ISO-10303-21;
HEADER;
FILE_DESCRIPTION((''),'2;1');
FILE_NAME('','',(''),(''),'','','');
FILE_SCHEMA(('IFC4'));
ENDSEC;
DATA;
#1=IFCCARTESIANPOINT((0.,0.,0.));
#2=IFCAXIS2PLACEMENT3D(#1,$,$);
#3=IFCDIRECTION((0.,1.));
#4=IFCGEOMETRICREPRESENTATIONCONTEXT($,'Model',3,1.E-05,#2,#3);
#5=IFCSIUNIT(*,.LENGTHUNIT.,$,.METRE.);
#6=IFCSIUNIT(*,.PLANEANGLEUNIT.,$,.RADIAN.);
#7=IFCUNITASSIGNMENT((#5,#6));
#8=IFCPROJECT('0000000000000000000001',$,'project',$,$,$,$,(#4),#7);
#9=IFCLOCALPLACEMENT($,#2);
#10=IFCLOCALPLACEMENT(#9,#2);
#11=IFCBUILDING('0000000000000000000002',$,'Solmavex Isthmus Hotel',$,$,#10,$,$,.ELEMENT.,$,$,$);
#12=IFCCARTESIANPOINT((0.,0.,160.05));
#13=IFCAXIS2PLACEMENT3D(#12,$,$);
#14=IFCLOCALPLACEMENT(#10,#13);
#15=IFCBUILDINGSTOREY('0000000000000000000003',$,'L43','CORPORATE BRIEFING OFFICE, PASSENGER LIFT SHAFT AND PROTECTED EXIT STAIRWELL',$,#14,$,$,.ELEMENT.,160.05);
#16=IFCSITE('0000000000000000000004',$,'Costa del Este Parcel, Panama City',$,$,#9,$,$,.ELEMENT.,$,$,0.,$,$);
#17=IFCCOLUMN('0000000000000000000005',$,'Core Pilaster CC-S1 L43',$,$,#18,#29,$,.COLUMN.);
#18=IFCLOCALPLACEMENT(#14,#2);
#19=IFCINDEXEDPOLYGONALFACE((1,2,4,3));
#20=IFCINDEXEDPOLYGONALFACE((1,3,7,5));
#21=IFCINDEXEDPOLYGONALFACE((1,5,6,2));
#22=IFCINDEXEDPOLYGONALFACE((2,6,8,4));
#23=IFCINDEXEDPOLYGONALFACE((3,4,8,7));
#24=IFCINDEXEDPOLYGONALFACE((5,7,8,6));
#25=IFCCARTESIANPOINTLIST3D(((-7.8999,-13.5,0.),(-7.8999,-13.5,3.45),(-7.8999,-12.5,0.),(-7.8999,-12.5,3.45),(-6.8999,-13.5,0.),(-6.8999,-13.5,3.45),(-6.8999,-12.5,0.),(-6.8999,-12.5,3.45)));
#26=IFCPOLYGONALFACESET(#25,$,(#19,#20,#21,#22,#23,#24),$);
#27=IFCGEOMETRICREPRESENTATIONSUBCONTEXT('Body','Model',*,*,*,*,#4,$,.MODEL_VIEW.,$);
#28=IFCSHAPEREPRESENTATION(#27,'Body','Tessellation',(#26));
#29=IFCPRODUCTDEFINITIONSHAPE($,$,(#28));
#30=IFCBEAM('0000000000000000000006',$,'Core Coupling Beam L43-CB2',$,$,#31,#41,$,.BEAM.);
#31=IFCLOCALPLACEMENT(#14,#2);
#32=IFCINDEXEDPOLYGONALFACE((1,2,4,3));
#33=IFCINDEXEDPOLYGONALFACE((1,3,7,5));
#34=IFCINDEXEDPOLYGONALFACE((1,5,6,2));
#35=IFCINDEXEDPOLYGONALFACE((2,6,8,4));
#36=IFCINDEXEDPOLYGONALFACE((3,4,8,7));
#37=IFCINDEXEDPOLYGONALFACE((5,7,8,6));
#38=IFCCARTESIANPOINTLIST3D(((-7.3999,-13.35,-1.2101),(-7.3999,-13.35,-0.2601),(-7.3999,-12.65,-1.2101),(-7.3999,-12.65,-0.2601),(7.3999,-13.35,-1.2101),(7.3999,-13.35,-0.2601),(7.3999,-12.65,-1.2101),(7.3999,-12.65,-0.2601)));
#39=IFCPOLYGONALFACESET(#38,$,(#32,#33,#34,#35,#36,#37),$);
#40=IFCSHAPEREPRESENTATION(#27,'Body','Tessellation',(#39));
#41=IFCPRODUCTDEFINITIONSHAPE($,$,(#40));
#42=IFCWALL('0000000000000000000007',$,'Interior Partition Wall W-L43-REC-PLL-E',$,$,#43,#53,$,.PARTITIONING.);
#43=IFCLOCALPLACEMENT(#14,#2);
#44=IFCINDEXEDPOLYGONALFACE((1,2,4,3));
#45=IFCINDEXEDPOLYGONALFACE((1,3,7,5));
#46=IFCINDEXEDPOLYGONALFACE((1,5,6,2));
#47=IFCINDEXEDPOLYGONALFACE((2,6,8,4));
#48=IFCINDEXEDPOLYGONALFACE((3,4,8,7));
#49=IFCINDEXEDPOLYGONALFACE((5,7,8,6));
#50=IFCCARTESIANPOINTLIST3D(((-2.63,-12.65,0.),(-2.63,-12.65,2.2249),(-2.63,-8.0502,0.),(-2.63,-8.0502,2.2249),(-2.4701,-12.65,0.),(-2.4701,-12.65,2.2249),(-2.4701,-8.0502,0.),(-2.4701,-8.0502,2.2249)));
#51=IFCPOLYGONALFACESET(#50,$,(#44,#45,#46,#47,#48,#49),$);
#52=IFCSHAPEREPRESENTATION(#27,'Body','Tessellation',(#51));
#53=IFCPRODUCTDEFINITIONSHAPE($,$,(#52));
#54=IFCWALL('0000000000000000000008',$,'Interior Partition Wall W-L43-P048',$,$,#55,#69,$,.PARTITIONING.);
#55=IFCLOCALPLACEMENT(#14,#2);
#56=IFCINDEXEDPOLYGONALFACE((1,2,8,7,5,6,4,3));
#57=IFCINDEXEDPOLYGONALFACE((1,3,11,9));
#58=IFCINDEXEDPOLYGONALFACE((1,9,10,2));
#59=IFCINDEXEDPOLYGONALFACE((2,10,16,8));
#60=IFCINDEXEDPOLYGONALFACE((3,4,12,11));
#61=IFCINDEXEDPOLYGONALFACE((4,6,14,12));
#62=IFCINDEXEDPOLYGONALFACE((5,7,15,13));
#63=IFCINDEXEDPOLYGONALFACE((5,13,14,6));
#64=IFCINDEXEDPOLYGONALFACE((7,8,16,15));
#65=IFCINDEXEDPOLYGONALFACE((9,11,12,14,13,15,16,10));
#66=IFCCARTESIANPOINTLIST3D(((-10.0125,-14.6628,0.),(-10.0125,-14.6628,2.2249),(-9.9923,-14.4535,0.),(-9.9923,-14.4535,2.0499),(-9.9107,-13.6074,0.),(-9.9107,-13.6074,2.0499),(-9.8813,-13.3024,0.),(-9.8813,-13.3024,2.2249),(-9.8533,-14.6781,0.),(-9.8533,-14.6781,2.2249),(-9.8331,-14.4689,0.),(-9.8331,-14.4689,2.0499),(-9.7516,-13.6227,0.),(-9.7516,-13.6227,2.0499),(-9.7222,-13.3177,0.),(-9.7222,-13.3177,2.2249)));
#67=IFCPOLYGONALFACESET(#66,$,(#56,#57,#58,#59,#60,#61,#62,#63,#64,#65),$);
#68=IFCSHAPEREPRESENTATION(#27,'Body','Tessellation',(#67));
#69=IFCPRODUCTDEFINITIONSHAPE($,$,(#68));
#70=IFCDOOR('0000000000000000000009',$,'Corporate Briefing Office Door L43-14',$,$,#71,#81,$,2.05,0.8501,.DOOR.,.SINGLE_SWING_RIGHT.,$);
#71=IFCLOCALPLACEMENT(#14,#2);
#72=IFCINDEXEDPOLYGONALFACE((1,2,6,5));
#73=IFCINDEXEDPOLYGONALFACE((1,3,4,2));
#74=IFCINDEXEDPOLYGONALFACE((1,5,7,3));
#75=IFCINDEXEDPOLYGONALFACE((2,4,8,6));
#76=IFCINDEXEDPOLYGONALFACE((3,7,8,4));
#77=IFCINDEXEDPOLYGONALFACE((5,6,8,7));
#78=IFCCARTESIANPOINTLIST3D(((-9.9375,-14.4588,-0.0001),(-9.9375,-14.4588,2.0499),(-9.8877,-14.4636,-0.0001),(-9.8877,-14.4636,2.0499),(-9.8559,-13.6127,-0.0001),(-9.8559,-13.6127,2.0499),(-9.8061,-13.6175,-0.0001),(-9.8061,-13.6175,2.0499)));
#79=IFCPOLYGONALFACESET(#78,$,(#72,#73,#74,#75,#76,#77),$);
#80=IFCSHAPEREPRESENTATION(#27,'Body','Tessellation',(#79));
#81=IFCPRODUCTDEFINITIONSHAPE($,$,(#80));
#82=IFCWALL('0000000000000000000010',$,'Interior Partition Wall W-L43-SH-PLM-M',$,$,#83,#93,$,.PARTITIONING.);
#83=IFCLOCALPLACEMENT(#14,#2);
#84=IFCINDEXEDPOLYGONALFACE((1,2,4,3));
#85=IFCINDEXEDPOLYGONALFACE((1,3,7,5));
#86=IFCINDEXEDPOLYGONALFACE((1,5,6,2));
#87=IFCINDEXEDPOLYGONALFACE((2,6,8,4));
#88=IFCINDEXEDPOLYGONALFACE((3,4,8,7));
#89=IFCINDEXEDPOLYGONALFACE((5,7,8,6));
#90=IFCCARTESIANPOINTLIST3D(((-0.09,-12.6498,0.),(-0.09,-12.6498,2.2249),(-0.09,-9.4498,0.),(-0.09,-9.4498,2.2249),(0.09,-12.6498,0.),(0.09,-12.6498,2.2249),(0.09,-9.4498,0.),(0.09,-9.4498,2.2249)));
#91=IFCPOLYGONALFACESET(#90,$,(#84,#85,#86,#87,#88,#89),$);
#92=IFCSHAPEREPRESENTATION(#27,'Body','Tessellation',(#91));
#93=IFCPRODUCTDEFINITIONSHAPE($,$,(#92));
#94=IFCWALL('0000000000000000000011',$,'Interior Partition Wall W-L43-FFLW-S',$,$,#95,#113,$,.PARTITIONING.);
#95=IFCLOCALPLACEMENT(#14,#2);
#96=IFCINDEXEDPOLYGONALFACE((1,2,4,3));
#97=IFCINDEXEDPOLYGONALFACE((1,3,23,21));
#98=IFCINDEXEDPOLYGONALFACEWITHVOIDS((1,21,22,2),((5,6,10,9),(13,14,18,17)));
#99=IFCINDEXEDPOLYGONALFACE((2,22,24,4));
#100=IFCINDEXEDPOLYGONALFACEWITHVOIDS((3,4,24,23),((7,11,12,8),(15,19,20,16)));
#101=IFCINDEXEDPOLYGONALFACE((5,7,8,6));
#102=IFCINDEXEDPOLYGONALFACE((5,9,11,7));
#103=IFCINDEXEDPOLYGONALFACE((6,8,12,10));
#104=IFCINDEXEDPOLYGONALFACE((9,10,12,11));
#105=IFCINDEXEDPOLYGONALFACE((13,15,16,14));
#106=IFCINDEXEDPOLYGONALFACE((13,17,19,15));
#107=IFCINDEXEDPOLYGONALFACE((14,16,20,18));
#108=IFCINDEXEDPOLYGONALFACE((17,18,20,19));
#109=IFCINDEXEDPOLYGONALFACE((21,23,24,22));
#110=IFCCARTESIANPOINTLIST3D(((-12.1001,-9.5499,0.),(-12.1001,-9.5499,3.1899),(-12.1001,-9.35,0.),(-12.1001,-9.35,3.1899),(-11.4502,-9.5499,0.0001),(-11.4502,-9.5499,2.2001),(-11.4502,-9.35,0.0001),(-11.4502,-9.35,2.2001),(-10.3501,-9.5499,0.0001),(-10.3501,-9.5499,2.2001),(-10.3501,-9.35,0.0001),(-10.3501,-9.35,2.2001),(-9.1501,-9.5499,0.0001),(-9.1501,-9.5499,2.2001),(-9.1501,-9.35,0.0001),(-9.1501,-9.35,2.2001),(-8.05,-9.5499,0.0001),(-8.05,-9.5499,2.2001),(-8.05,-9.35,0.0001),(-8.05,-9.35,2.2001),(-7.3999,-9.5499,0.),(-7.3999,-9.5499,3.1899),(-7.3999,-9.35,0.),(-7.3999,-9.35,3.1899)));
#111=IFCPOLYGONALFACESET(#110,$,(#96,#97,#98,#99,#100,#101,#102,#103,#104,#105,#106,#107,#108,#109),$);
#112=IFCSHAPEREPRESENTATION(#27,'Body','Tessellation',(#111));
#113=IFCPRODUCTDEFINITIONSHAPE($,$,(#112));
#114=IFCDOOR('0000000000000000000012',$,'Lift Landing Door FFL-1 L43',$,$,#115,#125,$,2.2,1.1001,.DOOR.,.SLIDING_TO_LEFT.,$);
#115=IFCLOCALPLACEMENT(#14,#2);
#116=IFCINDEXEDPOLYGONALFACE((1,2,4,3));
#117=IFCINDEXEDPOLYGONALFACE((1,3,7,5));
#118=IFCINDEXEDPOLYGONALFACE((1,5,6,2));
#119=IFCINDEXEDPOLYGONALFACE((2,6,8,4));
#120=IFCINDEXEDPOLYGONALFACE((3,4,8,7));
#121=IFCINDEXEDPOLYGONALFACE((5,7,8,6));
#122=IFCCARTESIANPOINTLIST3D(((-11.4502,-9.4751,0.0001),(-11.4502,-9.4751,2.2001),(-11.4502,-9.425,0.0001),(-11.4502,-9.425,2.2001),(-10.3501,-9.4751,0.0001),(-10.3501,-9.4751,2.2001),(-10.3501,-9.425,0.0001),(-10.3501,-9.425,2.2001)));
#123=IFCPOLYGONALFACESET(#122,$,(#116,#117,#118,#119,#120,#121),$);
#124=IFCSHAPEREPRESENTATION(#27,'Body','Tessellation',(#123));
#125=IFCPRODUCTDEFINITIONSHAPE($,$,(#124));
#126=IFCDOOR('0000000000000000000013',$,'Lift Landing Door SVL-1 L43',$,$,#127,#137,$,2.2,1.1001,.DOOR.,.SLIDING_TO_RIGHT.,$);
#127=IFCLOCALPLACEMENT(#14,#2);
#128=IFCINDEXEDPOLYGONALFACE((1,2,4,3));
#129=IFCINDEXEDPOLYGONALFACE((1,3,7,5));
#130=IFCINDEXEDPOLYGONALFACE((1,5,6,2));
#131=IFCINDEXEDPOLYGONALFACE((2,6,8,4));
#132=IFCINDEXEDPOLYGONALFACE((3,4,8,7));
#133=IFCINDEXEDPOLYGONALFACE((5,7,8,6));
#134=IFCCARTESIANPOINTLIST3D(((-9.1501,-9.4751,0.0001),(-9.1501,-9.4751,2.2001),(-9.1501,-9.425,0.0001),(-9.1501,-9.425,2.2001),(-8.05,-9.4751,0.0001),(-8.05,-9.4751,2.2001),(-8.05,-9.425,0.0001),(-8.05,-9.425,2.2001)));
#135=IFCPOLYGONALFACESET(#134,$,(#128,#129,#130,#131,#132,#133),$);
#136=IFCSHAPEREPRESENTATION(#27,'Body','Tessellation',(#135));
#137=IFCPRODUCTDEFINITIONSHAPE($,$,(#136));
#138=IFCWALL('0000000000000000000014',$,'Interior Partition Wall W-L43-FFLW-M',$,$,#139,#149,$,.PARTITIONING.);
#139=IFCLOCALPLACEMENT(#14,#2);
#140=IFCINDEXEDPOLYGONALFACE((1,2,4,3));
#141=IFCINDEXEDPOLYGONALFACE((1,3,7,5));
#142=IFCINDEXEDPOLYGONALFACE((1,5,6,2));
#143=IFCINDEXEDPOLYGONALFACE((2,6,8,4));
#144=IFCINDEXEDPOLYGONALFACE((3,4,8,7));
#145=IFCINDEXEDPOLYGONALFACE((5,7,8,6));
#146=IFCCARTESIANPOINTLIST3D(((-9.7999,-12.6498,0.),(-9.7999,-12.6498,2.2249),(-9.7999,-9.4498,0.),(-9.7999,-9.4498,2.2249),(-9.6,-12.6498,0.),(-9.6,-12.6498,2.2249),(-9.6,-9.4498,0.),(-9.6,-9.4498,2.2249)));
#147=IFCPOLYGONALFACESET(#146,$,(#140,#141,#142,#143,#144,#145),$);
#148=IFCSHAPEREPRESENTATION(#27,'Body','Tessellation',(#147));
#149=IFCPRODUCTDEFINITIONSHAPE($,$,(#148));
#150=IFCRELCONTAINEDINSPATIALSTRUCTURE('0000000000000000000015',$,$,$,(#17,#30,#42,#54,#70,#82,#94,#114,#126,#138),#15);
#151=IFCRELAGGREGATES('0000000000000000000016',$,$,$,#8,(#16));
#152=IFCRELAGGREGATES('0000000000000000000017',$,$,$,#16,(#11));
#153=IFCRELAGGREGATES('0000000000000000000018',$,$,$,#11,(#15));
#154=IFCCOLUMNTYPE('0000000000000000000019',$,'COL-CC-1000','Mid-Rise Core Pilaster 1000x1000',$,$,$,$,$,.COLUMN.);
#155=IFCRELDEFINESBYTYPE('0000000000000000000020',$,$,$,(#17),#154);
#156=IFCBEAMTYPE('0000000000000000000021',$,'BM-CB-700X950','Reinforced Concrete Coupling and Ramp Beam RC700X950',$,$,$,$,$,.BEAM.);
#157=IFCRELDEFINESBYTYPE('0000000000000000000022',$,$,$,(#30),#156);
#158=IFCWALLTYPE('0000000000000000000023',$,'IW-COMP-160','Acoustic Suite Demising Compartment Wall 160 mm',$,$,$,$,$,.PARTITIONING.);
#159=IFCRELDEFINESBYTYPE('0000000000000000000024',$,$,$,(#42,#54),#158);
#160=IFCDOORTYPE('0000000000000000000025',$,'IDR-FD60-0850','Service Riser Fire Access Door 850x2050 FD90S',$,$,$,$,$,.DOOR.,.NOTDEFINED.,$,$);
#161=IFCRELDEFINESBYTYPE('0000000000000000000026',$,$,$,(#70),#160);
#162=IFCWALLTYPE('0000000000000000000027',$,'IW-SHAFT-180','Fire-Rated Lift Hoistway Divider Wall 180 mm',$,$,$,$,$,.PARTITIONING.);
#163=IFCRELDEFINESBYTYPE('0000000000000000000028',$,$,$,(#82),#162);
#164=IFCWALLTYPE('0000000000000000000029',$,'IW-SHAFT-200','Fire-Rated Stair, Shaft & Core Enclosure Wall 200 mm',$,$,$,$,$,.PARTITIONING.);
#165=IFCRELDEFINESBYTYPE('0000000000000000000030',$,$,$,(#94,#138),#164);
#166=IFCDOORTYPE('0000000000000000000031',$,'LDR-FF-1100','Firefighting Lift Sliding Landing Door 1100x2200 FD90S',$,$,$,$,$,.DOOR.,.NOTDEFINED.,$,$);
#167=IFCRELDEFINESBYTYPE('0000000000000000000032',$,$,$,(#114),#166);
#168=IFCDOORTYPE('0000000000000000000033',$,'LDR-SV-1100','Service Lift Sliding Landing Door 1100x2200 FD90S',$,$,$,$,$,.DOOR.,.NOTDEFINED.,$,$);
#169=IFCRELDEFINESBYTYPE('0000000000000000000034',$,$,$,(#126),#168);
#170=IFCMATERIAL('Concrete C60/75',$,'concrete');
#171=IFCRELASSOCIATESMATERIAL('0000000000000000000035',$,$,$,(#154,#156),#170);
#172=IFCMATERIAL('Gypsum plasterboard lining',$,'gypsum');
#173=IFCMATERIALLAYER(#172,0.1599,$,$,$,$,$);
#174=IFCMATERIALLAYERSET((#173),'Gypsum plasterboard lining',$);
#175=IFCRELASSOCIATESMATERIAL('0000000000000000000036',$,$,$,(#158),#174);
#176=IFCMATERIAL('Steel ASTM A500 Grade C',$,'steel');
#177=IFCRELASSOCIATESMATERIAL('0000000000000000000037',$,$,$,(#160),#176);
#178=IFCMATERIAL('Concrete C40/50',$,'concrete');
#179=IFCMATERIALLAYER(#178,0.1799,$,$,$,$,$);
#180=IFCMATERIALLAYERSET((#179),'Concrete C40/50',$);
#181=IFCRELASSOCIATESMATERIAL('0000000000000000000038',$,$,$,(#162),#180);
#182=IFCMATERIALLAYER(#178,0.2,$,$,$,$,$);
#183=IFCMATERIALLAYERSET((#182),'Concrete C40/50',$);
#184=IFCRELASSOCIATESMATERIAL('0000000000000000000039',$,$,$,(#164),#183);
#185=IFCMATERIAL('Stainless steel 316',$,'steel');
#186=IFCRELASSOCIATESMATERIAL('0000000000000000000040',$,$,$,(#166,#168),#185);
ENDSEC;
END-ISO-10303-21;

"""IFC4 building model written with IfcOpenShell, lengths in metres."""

from ifc_helpers import new_model, si_unit, direction, frame, frame_2d, origin, origin_2d, place, context, subcontext, project, spatial, rectangle, extrude, material, layer, layer_set, material_profile, profile_set, type_object, element, fill, save


model = new_model("IFC4")

# Units and contexts
model_context = context("Model", 3, precision=1e-05, world=origin(), true_north=direction((0.0, 1.0)))
body_context = subcontext(model_context, "Body", "Model", "MODEL_VIEW")
ifc_project = project(units=[si_unit("LENGTHUNIT", "METRE"), si_unit("PLANEANGLEUNIT", "RADIAN")], contexts=[model_context])

# Site, building, storey
site_placement = place(None, origin())
site = spatial("IfcSite", under=ifc_project, at=site_placement, Name="Costa del Este Parcel, Panama City", CompositionType="ELEMENT", RefElevation=0.0)
building_placement = place(site_placement, origin())
building = spatial("IfcBuilding", under=site, at=building_placement, Name="Solmavex Isthmus Hotel", CompositionType="ELEMENT")
storey_placement = place(building_placement, frame((0.0, 0.0, 160.05)))
storey = spatial("IfcBuildingStorey", under=building, at=storey_placement, Name="L43", Description="CORPORATE BRIEFING OFFICE, PASSENGER LIFT SHAFT AND PROTECTED EXIT STAIRWELL", CompositionType="ELEMENT", Elevation=160.05)

# Column
ifc_material_1 = material(Name="Concrete C60/75", Category="concrete")
ifc_material_profile_1 = material_profile(ifc_material_1, rectangle(XDim=1.0, YDim=1.0, at=origin_2d()), Name="RC1000X1000")
ifc_profile_set_1 = profile_set([ifc_material_profile_1], Name="Concrete C60/75")
column_type = type_object("IfcColumnType", Name="COL-CC-1000", Description="Mid-Rise Core Pilaster 1000x1000", PredefinedType="COLUMN", material=ifc_profile_set_1)
column_placement = place(storey_placement, frame((-7.3999, -13.0, 0.0), z_axis=(0.0, 0.0, 1.0), x_axis=(1.0, 0.0, 0.0)))
element("IfcColumn", 1, at=column_placement, inside=storey, type_object=column_type, Name="Core Pilaster CC-S1 L43", PredefinedType="COLUMN", context=body_context, shape_type="SweptSolid", body=[
    extrude(rectangle(XDim=1.0, YDim=1.0, at=origin_2d()), origin(), (0.0, 0.0, 1.0), 3.45),
])

# Beam
ifc_material_profile_2 = material_profile(ifc_material_1, rectangle(XDim=0.7, YDim=0.95, at=origin_2d()), Name="RC700X950")
ifc_profile_set_2 = profile_set([ifc_material_profile_2], Name="Concrete C60/75")
beam_type = type_object("IfcBeamType", Name="BM-CB-700X950", Description="Reinforced Concrete Coupling and Ramp Beam RC700X950", PredefinedType="BEAM", material=ifc_profile_set_2)
beam_placement = place(storey_placement, frame((-7.3999, -13.0, -0.7351), z_axis=(1.0, 0.0, 0.0), x_axis=(0.0, 1.0, 0.0)))
element("IfcBeam", 2, at=beam_placement, inside=storey, type_object=beam_type, Name="Core Coupling Beam L43-CB2", PredefinedType="BEAM", context=body_context, shape_type="SweptSolid", body=[
    extrude(rectangle(XDim=0.7, YDim=0.95, at=origin_2d()), origin(), (0.0, 0.0, 1.0), 14.7998),
])

# Shared definitions
ifc_material_2 = material(Name="Gypsum plasterboard lining", Category="gypsum")
ifc_layer_1 = layer(ifc_material_2, 0.1599)
ifc_layer_set_1 = layer_set([ifc_layer_1], Name="Gypsum plasterboard lining")
wall_type_1 = type_object("IfcWallType", Name="IW-COMP-160", Description="Acoustic Suite Demising Compartment Wall 160 mm", PredefinedType="PARTITIONING", material=ifc_layer_set_1)

# Wall
wall_1_placement = place(storey_placement, frame((-2.55, -12.6499, 0.0), z_axis=(0.0, 0.0, 1.0), x_axis=(0.0, 1.0, 0.0)))
element("IfcWall", 3, at=wall_1_placement, inside=storey, type_object=wall_type_1, Name="Interior Partition Wall W-L43-REC-PLL-E", PredefinedType="PARTITIONING", context=body_context, shape_type="SweptSolid", body=[
    extrude(rectangle(XDim=4.5999, YDim=0.1599, at=frame_2d((2.2998, 0.0))), origin(), (0.0, 0.0, 1.0), 2.2249),
])

# Wall, opening, door
wall_2_placement = place(storey_placement, frame((-9.8018, -13.3101, 0.0), z_axis=(0.0, 0.0, 1.0), x_axis=(-0.09593, -0.995388, 0.0)))
wall_2 = element("IfcWall", 4, at=wall_2_placement, inside=storey, type_object=wall_type_1, Name="Interior Partition Wall W-L43-P048", PredefinedType="PARTITIONING", context=body_context, shape_type="SweptSolid", body=[
    extrude(rectangle(XDim=1.3667, YDim=0.1599, at=frame_2d((0.6833, 0.0))), origin(), (0.0, 0.0, 1.0), 2.2249),
])
opening_1_placement = place(wall_2_placement, frame((0.3064, 0.0, 0.0)))
opening_1 = element("IfcOpeningElement", 5, at=opening_1_placement, cuts=wall_2, PredefinedType="OPENING", context=body_context, shape_type="SweptSolid", body=[
    extrude(rectangle(XDim=0.8501, YDim=2.05, at=frame_2d((0.425, 1.0249))), frame((0.0, 0.0898, 0.0), z_axis=(0.0, -1.0, 0.0), x_axis=(1.0, 0.0, 0.0)), (0.0, 0.0, 1.0), 0.1799),
])
ifc_material_3 = material(Name="Steel ASTM A500 Grade C", Category="steel")
door_type_1 = type_object("IfcDoorType", Name="IDR-FD60-0850", Description="Service Riser Fire Access Door 850x2050 FD90S", OperationType="NOTDEFINED", PredefinedType="DOOR", material=ifc_material_3)
door_1_placement = place(opening_1_placement, frame((0.8501, 0.0, 0.0), z_axis=(0.0, 0.0, 1.0), x_axis=(-1.0, 0.0, 0.0)))
door_1 = element("IfcDoor", 6, at=door_1_placement, inside=storey, type_object=door_type_1, Name="Corporate Briefing Office Door L43-14", OperationType="SINGLE_SWING_RIGHT", OverallHeight=2.05, OverallWidth=0.8501, PredefinedType="DOOR", context=body_context, shape_type="SweptSolid", body=[
    extrude(rectangle(XDim=0.8501, YDim=2.05, at=frame_2d((0.425, 1.0249))), frame((0.0, 0.0249, 0.0), z_axis=(0.0, -1.0, 0.0), x_axis=(1.0, 0.0, 0.0)), (0.0, 0.0, 1.0), 0.05),
])
fill(opening_1, door_1)

# Wall
ifc_material_4 = material(Name="Concrete C40/50", Category="concrete")
ifc_layer_2 = layer(ifc_material_4, 0.1799)
ifc_layer_set_2 = layer_set([ifc_layer_2], Name="Concrete C40/50")
wall_type_2 = type_object("IfcWallType", Name="IW-SHAFT-180", Description="Fire-Rated Lift Hoistway Divider Wall 180 mm", PredefinedType="PARTITIONING", material=ifc_layer_set_2)
wall_3_placement = place(storey_placement, frame((0.0, -12.6499, 0.0), z_axis=(0.0, 0.0, 1.0), x_axis=(0.0, 1.0, 0.0)))
element("IfcWall", 7, at=wall_3_placement, inside=storey, type_object=wall_type_2, Name="Interior Partition Wall W-L43-SH-PLM-M", PredefinedType="PARTITIONING", context=body_context, shape_type="SweptSolid", body=[
    extrude(rectangle(XDim=3.2, YDim=0.1799, at=frame_2d((1.6001, 0.0))), origin(), (0.0, 0.0, 1.0), 2.2249),
])

# Wall, openings, doors
ifc_layer_3 = layer(ifc_material_4, 0.2)
ifc_layer_set_3 = layer_set([ifc_layer_3], Name="Concrete C40/50")
wall_type_3 = type_object("IfcWallType", Name="IW-SHAFT-200", Description="Fire-Rated Stair, Shaft & Core Enclosure Wall 200 mm", PredefinedType="PARTITIONING", material=ifc_layer_set_3)
wall_4_placement = place(storey_placement, frame((-12.1001, -9.45, 0.0), z_axis=(0.0, 0.0, 1.0), x_axis=(1.0, 0.0, 0.0)))
wall_4 = element("IfcWall", 8, at=wall_4_placement, inside=storey, type_object=wall_type_3, Name="Interior Partition Wall W-L43-FFLW-S", PredefinedType="PARTITIONING", context=body_context, shape_type="SweptSolid", body=[
    extrude(rectangle(XDim=4.7002, YDim=0.2, at=frame_2d((2.3501, 0.0))), origin(), (0.0, 0.0, 1.0), 3.1899),
])
opening_2_placement = place(wall_4_placement, frame((0.6499, 0.0, 0.0)))
opening_2 = element("IfcOpeningElement", 9, at=opening_2_placement, cuts=wall_4, PredefinedType="OPENING", context=body_context, shape_type="SweptSolid", body=[
    extrude(rectangle(XDim=1.1001, YDim=2.2, at=frame_2d((0.55, 1.1001))), frame((0.0, 0.1099, 0.0), z_axis=(0.0, -1.0, 0.0), x_axis=(1.0, 0.0, 0.0)), (0.0, 0.0, 1.0), 0.22),
])
opening_3_placement = place(wall_4_placement, frame((2.95, 0.0, 0.0)))
opening_3 = element("IfcOpeningElement", 10, at=opening_3_placement, cuts=wall_4, PredefinedType="OPENING", context=body_context, shape_type="SweptSolid", body=[
    extrude(rectangle(XDim=1.1001, YDim=2.2, at=frame_2d((0.55, 1.1001))), frame((0.0, 0.1099, 0.0), z_axis=(0.0, -1.0, 0.0), x_axis=(1.0, 0.0, 0.0)), (0.0, 0.0, 1.0), 0.22),
])
ifc_material_5 = material(Name="Stainless steel 316", Category="steel")
door_type_2 = type_object("IfcDoorType", Name="LDR-FF-1100", Description="Firefighting Lift Sliding Landing Door 1100x2200 FD90S", OperationType="NOTDEFINED", PredefinedType="DOOR", material=ifc_material_5)
door_2_placement = place(opening_2_placement, origin())
door_2 = element("IfcDoor", 11, at=door_2_placement, inside=storey, type_object=door_type_2, Name="Lift Landing Door FFL-1 L43", OperationType="SLIDING_TO_LEFT", OverallHeight=2.2, OverallWidth=1.1001, PredefinedType="DOOR", context=body_context, shape_type="SweptSolid", body=[
    extrude(rectangle(XDim=1.1001, YDim=2.2, at=frame_2d((0.55, 1.1001))), frame((0.0, 0.0249, 0.0), z_axis=(0.0, -1.0, 0.0), x_axis=(1.0, 0.0, 0.0)), (0.0, 0.0, 1.0), 0.05),
])
fill(opening_2, door_2)
door_type_3 = type_object("IfcDoorType", Name="LDR-SV-1100", Description="Service Lift Sliding Landing Door 1100x2200 FD90S", OperationType="NOTDEFINED", PredefinedType="DOOR", material=ifc_material_5)
door_3_placement = place(opening_3_placement, origin())
door_3 = element("IfcDoor", 12, at=door_3_placement, inside=storey, type_object=door_type_3, Name="Lift Landing Door SVL-1 L43", OperationType="SLIDING_TO_RIGHT", OverallHeight=2.2, OverallWidth=1.1001, PredefinedType="DOOR", context=body_context, shape_type="SweptSolid", body=[
    extrude(rectangle(XDim=1.1001, YDim=2.2, at=frame_2d((0.55, 1.1001))), frame((0.0, 0.0249, 0.0), z_axis=(0.0, -1.0, 0.0), x_axis=(1.0, 0.0, 0.0)), (0.0, 0.0, 1.0), 0.05),
])
fill(opening_3, door_3)

# Wall
wall_5_placement = place(storey_placement, frame((-9.7, -12.6499, 0.0), z_axis=(0.0, 0.0, 1.0), x_axis=(0.0, 1.0, 0.0)))
element("IfcWall", 13, at=wall_5_placement, inside=storey, type_object=wall_type_3, Name="Interior Partition Wall W-L43-FFLW-M", PredefinedType="PARTITIONING", context=body_context, shape_type="SweptSolid", body=[
    extrude(rectangle(XDim=3.2, YDim=0.2, at=frame_2d((1.6001, 0.0))), origin(), (0.0, 0.0, 1.0), 2.2249),
])

save(model, "model.ifc")
